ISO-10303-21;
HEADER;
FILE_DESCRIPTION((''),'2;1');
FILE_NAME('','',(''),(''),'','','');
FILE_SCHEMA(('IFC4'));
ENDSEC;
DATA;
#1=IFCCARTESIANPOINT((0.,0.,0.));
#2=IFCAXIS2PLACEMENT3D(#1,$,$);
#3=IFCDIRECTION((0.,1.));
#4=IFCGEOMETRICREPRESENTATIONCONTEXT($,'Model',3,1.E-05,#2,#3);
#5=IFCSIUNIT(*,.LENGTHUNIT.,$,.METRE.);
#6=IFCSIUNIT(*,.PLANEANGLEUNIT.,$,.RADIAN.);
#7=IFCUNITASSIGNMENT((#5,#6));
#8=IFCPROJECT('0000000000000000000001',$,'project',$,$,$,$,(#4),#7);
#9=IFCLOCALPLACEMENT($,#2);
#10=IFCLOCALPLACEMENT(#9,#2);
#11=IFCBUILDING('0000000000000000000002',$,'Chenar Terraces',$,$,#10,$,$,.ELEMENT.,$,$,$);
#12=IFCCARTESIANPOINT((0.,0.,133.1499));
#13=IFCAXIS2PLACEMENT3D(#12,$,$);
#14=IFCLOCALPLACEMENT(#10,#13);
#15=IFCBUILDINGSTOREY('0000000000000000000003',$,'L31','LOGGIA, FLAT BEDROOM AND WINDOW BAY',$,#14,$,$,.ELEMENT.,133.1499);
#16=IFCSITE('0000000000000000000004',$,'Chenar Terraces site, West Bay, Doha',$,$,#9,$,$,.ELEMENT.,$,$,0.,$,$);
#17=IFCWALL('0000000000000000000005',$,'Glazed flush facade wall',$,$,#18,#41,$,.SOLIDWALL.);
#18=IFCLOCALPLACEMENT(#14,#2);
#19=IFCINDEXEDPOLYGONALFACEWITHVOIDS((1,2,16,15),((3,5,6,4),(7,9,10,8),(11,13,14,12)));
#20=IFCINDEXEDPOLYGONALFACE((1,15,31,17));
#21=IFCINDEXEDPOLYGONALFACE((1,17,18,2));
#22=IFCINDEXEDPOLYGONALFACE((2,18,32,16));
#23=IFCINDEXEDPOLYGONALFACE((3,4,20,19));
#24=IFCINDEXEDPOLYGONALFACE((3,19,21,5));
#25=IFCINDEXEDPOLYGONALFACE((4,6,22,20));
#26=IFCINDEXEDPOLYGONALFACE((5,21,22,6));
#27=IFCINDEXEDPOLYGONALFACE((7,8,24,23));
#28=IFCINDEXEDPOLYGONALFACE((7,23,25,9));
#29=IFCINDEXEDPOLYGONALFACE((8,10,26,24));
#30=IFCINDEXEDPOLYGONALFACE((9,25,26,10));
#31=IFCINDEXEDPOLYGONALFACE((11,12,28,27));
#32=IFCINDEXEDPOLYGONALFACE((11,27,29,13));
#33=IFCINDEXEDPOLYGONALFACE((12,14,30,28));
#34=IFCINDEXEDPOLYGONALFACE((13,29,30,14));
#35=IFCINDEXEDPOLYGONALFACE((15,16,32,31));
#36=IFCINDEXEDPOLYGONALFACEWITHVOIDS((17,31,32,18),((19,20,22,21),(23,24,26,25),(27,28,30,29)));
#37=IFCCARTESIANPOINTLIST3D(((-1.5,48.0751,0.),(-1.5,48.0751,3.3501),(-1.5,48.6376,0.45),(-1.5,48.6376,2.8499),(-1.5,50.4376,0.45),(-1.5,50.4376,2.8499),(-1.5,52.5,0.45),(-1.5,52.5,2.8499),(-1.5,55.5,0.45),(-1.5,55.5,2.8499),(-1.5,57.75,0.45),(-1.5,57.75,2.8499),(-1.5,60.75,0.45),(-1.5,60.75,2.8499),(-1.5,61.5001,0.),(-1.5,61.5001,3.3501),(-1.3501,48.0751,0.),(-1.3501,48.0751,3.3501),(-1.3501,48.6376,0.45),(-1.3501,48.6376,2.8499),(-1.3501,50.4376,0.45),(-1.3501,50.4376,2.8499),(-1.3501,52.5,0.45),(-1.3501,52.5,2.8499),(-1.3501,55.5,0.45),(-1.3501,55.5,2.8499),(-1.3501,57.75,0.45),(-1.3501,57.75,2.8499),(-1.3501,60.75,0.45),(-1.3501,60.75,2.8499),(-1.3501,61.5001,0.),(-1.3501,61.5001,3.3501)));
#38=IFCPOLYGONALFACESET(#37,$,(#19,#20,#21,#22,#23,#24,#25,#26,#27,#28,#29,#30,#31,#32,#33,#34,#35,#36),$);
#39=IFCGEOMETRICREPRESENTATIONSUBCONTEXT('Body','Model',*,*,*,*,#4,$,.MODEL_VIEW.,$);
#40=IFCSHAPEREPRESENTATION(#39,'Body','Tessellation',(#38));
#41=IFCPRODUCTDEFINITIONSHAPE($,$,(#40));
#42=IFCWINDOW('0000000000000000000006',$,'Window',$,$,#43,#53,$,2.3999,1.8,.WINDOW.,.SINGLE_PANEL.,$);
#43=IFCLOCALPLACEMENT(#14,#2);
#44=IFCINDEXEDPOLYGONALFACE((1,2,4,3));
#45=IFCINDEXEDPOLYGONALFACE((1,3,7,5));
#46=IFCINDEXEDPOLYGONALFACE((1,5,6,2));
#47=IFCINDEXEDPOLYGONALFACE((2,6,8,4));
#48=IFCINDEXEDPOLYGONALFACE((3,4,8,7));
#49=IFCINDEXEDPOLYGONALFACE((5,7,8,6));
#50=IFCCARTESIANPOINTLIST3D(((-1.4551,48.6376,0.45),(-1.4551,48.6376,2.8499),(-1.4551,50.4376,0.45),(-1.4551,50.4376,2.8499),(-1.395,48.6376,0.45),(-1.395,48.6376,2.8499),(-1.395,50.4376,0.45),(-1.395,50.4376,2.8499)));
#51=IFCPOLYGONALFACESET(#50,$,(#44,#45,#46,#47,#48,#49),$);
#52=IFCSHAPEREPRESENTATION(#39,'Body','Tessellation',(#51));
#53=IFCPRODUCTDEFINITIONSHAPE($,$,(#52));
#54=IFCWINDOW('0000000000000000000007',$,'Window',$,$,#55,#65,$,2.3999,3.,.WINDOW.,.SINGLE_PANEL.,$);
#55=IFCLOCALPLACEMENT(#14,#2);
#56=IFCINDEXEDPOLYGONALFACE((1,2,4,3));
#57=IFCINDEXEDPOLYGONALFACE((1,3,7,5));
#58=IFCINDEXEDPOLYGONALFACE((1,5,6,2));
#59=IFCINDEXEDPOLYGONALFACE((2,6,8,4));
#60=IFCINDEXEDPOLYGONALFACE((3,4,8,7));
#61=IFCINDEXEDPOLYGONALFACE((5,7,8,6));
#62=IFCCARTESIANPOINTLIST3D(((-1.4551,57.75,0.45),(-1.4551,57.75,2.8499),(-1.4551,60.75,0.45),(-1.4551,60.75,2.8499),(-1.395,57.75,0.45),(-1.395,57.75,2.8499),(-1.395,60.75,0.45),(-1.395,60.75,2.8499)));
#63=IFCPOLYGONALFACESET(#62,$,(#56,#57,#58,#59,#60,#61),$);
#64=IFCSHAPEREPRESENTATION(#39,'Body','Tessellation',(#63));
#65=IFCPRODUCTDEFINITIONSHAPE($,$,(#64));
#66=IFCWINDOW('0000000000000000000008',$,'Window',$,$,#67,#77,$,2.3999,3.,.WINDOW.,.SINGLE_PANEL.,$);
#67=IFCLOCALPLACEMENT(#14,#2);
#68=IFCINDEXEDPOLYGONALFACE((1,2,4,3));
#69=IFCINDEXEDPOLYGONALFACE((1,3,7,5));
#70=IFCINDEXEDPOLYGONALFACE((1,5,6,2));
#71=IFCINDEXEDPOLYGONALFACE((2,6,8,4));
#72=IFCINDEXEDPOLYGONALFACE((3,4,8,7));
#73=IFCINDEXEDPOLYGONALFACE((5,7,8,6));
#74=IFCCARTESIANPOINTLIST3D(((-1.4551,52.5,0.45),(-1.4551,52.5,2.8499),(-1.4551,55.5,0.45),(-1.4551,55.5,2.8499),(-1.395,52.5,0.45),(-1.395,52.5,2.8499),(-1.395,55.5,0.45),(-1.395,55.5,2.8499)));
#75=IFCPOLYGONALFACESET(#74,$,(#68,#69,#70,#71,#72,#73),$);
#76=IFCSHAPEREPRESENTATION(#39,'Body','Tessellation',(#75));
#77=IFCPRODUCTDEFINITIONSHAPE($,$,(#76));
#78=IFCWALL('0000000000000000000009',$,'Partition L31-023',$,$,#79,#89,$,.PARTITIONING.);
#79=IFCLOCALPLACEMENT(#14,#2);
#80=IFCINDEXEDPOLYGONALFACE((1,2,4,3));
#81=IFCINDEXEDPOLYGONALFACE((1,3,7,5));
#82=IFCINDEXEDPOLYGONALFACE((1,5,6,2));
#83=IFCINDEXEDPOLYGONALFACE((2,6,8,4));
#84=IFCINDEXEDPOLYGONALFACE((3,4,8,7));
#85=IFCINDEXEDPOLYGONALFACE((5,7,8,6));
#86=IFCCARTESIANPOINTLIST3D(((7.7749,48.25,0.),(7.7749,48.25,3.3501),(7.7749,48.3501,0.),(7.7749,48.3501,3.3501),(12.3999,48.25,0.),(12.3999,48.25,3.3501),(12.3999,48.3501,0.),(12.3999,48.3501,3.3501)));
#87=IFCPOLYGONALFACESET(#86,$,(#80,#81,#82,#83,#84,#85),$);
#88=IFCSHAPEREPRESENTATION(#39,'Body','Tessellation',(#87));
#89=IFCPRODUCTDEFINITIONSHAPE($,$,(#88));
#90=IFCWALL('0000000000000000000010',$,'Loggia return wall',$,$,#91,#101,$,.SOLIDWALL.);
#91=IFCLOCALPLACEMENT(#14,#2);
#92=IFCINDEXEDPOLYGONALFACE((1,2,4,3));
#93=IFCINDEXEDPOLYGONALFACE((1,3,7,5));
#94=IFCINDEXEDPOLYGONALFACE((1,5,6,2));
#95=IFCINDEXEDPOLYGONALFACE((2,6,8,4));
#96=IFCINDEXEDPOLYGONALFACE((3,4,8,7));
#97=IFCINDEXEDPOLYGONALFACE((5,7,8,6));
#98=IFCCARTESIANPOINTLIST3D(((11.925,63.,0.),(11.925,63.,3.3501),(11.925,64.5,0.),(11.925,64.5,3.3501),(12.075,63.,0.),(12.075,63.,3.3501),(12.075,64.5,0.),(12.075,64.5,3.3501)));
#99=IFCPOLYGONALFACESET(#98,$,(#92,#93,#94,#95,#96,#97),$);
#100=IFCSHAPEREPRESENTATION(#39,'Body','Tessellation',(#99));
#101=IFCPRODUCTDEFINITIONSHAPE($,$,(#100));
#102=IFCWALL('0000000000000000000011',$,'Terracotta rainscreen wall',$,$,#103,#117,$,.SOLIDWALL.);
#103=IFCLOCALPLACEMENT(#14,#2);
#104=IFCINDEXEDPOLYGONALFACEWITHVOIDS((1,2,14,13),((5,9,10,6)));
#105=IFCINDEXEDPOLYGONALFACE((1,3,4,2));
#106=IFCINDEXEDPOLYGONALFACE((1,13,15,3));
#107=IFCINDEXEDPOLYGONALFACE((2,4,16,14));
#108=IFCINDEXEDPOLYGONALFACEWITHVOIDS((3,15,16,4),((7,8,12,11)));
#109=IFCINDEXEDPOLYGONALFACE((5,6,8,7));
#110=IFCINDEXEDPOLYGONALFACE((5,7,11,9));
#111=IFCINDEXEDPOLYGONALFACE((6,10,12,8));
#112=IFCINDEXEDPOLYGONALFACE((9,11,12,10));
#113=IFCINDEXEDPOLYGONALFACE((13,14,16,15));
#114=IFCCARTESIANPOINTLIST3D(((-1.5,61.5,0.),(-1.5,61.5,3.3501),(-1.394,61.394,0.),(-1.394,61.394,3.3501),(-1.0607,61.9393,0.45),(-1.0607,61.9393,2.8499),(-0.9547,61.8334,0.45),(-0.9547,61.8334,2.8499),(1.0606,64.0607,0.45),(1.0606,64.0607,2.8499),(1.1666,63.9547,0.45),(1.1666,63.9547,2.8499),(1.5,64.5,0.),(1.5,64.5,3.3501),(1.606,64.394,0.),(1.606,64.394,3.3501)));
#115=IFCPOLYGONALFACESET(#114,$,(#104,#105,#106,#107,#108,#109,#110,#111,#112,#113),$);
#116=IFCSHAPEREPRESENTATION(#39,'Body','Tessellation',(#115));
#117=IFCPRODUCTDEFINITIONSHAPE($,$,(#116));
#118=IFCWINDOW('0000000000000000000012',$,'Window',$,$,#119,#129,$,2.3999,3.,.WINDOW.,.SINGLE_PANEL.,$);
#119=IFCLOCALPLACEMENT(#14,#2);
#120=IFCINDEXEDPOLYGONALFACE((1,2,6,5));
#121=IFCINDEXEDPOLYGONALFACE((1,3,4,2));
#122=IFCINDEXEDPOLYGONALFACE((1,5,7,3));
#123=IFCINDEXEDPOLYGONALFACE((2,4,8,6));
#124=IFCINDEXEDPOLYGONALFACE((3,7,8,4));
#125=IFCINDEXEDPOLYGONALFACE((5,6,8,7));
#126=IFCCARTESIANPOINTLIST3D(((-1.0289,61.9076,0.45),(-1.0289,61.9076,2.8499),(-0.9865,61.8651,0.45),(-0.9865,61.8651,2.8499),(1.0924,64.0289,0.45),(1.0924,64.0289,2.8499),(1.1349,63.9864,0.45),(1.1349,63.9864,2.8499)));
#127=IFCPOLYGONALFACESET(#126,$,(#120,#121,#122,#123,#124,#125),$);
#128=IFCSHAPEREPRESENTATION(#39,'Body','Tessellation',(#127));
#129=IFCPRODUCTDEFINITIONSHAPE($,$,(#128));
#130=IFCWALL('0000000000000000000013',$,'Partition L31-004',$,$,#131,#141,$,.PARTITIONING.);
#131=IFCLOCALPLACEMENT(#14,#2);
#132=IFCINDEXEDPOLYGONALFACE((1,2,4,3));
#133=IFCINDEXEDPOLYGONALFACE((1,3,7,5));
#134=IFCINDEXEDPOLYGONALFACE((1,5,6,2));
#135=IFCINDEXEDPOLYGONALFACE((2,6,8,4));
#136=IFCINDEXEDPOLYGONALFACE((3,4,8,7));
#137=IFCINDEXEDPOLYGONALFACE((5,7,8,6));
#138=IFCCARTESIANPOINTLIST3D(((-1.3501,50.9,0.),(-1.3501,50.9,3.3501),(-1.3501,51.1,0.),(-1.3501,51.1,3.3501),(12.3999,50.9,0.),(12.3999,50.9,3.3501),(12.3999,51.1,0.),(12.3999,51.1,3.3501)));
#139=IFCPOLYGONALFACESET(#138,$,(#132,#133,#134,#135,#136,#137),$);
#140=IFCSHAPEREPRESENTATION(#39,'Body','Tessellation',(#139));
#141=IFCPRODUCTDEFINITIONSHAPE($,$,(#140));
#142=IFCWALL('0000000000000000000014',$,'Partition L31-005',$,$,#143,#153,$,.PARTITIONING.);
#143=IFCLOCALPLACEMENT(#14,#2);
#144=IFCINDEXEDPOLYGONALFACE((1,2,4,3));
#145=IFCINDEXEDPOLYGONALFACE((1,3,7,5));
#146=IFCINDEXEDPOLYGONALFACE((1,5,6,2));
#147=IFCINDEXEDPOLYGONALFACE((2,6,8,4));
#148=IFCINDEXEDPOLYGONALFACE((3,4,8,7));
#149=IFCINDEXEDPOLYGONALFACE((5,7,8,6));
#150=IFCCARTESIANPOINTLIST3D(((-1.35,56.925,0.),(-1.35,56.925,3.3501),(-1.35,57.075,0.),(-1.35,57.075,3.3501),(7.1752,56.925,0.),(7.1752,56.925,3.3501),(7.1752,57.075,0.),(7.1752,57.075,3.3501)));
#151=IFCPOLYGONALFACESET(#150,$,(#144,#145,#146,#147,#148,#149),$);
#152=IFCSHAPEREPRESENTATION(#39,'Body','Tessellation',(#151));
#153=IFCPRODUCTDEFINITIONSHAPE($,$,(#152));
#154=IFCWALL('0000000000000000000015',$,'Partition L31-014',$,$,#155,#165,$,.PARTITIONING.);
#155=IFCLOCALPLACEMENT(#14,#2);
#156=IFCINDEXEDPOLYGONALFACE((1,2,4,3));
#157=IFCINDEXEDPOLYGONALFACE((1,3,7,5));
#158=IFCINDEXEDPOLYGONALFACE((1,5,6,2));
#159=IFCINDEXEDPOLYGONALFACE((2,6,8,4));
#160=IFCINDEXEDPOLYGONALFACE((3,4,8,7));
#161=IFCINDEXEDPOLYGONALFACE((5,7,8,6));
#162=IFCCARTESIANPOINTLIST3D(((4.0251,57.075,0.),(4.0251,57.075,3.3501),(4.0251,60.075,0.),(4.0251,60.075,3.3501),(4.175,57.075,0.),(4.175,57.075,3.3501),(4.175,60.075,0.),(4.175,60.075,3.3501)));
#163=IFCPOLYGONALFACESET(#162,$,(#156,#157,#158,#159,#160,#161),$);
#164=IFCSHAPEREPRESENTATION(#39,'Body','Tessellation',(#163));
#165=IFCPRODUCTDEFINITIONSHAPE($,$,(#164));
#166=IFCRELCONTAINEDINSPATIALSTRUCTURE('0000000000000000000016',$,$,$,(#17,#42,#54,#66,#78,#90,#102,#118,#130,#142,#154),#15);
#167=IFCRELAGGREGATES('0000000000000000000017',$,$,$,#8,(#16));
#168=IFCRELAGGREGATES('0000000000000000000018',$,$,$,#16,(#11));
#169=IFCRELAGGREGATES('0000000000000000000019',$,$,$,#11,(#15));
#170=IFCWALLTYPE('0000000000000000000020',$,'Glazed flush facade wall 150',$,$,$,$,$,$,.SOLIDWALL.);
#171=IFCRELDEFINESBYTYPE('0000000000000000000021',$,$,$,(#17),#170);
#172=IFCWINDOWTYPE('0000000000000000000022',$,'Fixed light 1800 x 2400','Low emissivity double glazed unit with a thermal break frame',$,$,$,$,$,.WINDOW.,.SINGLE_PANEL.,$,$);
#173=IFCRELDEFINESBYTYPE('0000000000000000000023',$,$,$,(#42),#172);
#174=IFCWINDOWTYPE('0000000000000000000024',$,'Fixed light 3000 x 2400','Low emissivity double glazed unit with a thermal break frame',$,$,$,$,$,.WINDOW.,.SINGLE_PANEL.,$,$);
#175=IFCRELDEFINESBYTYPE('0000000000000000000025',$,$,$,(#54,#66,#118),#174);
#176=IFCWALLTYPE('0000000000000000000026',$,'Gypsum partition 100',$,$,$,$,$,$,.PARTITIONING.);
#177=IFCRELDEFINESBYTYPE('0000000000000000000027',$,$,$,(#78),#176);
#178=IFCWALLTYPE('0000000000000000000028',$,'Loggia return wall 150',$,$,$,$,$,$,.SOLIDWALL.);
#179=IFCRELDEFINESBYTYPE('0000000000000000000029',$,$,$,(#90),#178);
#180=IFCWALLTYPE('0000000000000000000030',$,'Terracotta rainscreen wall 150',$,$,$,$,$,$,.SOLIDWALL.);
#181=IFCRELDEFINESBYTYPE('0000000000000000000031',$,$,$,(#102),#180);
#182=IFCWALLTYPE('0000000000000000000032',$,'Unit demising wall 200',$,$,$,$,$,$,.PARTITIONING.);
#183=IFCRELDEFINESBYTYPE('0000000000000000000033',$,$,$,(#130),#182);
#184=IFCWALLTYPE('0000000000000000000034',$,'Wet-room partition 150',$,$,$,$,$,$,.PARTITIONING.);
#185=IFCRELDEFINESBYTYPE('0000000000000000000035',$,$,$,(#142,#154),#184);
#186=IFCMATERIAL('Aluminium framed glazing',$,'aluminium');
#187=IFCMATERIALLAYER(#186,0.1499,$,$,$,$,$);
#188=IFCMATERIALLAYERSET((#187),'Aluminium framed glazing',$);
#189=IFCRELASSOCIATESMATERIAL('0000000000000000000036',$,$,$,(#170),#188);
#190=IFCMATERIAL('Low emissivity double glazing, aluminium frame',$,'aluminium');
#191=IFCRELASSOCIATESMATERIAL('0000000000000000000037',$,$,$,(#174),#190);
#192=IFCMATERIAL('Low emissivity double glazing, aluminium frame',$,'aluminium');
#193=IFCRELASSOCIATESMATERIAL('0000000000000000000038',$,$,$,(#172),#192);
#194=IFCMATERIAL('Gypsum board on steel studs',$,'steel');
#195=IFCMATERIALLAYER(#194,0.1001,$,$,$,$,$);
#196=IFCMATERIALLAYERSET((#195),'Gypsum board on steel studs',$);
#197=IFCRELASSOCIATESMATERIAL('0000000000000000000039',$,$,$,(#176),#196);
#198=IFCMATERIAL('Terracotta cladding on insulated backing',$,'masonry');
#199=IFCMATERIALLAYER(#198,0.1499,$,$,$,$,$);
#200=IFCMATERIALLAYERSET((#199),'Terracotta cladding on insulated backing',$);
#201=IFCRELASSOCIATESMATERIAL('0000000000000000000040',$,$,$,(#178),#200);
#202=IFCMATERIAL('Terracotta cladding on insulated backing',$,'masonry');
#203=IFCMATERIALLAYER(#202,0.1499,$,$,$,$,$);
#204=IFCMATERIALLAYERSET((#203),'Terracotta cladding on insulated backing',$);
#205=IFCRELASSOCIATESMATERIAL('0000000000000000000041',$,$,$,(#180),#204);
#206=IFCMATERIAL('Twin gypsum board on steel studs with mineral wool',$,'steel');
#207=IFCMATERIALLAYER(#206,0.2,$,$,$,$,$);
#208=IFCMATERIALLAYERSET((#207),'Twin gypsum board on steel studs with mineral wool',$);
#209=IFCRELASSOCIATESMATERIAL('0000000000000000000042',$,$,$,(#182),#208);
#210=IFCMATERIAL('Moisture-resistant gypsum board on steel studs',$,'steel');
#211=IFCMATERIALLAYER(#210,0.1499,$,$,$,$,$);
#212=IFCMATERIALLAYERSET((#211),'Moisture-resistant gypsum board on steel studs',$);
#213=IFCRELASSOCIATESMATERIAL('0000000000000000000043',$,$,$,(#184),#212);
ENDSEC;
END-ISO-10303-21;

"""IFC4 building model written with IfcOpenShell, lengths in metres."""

from ifc_helpers import new_model, si_unit, direction, frame, frame_2d, origin, place, context, subcontext, project, spatial, rectangle, extrude, material, layer, layer_set, type_object, element, fill, save


model = new_model("IFC4")

# Units and contexts
model_context = context("Model", 3, precision=1e-05, world=origin(), true_north=direction((0.0, 1.0)))
body_context = subcontext(model_context, "Body", "Model", "MODEL_VIEW")
ifc_project = project(units=[si_unit("LENGTHUNIT", "METRE"), si_unit("PLANEANGLEUNIT", "RADIAN")], contexts=[model_context])

# Site, building, storey
site_placement = place(None, origin())
site = spatial("IfcSite", under=ifc_project, at=site_placement, Name="Chenar Terraces site, West Bay, Doha", CompositionType="ELEMENT", RefElevation=0.0)
building_placement = place(site_placement, origin())
building = spatial("IfcBuilding", under=site, at=building_placement, Name="Chenar Terraces", CompositionType="ELEMENT")
storey_placement = place(building_placement, frame((0.0, 0.0, 133.1499)))
storey = spatial("IfcBuildingStorey", under=building, at=storey_placement, Name="L31", Description="LOGGIA, FLAT BEDROOM AND WINDOW BAY", CompositionType="ELEMENT", Elevation=133.1499)

# Wall, openings, windows
ifc_material_1 = material(Name="Aluminium framed glazing", Category="aluminium")
ifc_layer_1 = layer(ifc_material_1, 0.1499)
ifc_layer_set_1 = layer_set([ifc_layer_1], Name="Aluminium framed glazing")
wall_type_1 = type_object("IfcWallType", Name="Glazed flush facade wall 150", PredefinedType="SOLIDWALL", material=ifc_layer_set_1)
ifc_material_2 = material(Name="Low emissivity double glazing, aluminium frame", Category="aluminium")
window_type_1 = type_object("IfcWindowType", Name="Fixed light 3000 x 2400", Description="Low emissivity double glazed unit with a thermal break frame", PartitioningType="SINGLE_PANEL", PredefinedType="WINDOW", material=ifc_material_2)
wall_1_placement = place(storey_placement, frame((-1.425, 61.5, 0.0), z_axis=(0.0, 0.0, 1.0), x_axis=(0.0, -1.0, 0.0)))
wall_1 = element("IfcWall", 1, at=wall_1_placement, inside=storey, type_object=wall_type_1, Name="Glazed flush facade wall", PredefinedType="SOLIDWALL", context=body_context, shape_type="SweptSolid", body=[
    extrude(rectangle(XDim=13.425, YDim=0.1499, at=frame_2d((6.7124, 0.0))), origin(), (0.0, 0.0, 1.0), 3.3501),
])
opening_1_placement = place(wall_1_placement, frame((0.75, 0.0, 0.45)))
opening_1 = element("IfcOpeningElement", 2, at=opening_1_placement, cuts=wall_1, PredefinedType="OPENING", context=body_context, shape_type="SweptSolid", body=[
    extrude(rectangle(XDim=3.0, YDim=2.3999, at=frame_2d((1.5, 1.2))), frame((0.0, 0.085, 0.0), z_axis=(0.0, -1.0, 0.0), x_axis=(1.0, 0.0, 0.0)), (0.0, 0.0, 1.0), 0.1699),
])
opening_2_placement = place(wall_1_placement, frame((6.0, 0.0, 0.45)))
opening_2 = element("IfcOpeningElement", 3, at=opening_2_placement, cuts=wall_1, PredefinedType="OPENING", context=body_context, shape_type="SweptSolid", body=[
    extrude(rectangle(XDim=3.0, YDim=2.3999, at=frame_2d((1.5, 1.2))), frame((0.0, 0.085, 0.0), z_axis=(0.0, -1.0, 0.0), x_axis=(1.0, 0.0, 0.0)), (0.0, 0.0, 1.0), 0.1699),
])
opening_3_placement = place(wall_1_placement, frame((11.0625, 0.0, 0.45)))
opening_3 = element("IfcOpeningElement", 4, at=opening_3_placement, cuts=wall_1, PredefinedType="OPENING", context=body_context, shape_type="SweptSolid", body=[
    extrude(rectangle(XDim=1.8, YDim=2.3999, at=frame_2d((0.8999, 1.2))), frame((0.0, 0.085, 0.0), z_axis=(0.0, -1.0, 0.0), x_axis=(1.0, 0.0, 0.0)), (0.0, 0.0, 1.0), 0.1699),
])
ifc_material_3 = material(Name="Low emissivity double glazing, aluminium frame", Category="aluminium")
window_type_2 = type_object("IfcWindowType", Name="Fixed light 1800 x 2400", Description="Low emissivity double glazed unit with a thermal break frame", PartitioningType="SINGLE_PANEL", PredefinedType="WINDOW", material=ifc_material_3)
window_1_placement = place(opening_3_placement, origin())
window_1 = element("IfcWindow", 5, at=window_1_placement, inside=storey, type_object=window_type_2, Name="Window", OverallHeight=2.3999, OverallWidth=1.8, PartitioningType="SINGLE_PANEL", PredefinedType="WINDOW", context=body_context, shape_type="SweptSolid", body=[
    extrude(rectangle(XDim=1.8, YDim=2.3999, at=frame_2d((0.8999, 1.2))), frame((0.0, 0.03, 0.0), z_axis=(0.0, -1.0, 0.0), x_axis=(1.0, 0.0, 0.0)), (0.0, 0.0, 1.0), 0.0601),
])
fill(opening_3, window_1)
window_2_placement = place(opening_1_placement, origin())
window_2 = element("IfcWindow", 6, at=window_2_placement, inside=storey, type_object=window_type_1, Name="Window", OverallHeight=2.3999, OverallWidth=3.0, PartitioningType="SINGLE_PANEL", PredefinedType="WINDOW", context=body_context, shape_type="SweptSolid", body=[
    extrude(rectangle(XDim=3.0, YDim=2.3999, at=frame_2d((1.5, 1.2))), frame((0.0, 0.03, 0.0), z_axis=(0.0, -1.0, 0.0), x_axis=(1.0, 0.0, 0.0)), (0.0, 0.0, 1.0), 0.0601),
])
fill(opening_1, window_2)
window_3_placement = place(opening_2_placement, origin())
window_3 = element("IfcWindow", 7, at=window_3_placement, inside=storey, type_object=window_type_1, Name="Window", OverallHeight=2.3999, OverallWidth=3.0, PartitioningType="SINGLE_PANEL", PredefinedType="WINDOW", context=body_context, shape_type="SweptSolid", body=[
    extrude(rectangle(XDim=3.0, YDim=2.3999, at=frame_2d((1.5, 1.2))), frame((0.0, 0.03, 0.0), z_axis=(0.0, -1.0, 0.0), x_axis=(1.0, 0.0, 0.0)), (0.0, 0.0, 1.0), 0.0601),
])
fill(opening_2, window_3)

# Walls
ifc_material_4 = material(Name="Gypsum board on steel studs", Category="steel")
ifc_layer_2 = layer(ifc_material_4, 0.1001)
ifc_layer_set_2 = layer_set([ifc_layer_2], Name="Gypsum board on steel studs")
wall_type_2 = type_object("IfcWallType", Name="Gypsum partition 100", PredefinedType="PARTITIONING", material=ifc_layer_set_2)
wall_2_placement = place(storey_placement, frame((7.7749, 48.3, 0.0), z_axis=(0.0, 0.0, 1.0), x_axis=(1.0, 0.0, 0.0)))
element("IfcWall", 8, at=wall_2_placement, inside=storey, type_object=wall_type_2, Name="Partition L31-023", PredefinedType="PARTITIONING", context=body_context, shape_type="SweptSolid", body=[
    extrude(rectangle(XDim=4.625, YDim=0.1001, at=frame_2d((2.3125, 0.0))), origin(), (0.0, 0.0, 1.0), 3.3501),
])
ifc_material_5 = material(Name="Terracotta cladding on insulated backing", Category="masonry")
ifc_layer_3 = layer(ifc_material_5, 0.1499)
ifc_layer_set_3 = layer_set([ifc_layer_3], Name="Terracotta cladding on insulated backing")
wall_type_3 = type_object("IfcWallType", Name="Loggia return wall 150", PredefinedType="SOLIDWALL", material=ifc_layer_set_3)
wall_3_placement = place(storey_placement, frame((12.0, 64.5, 0.0), z_axis=(0.0, 0.0, 1.0), x_axis=(0.0, -1.0, 0.0)))
element("IfcWall", 9, at=wall_3_placement, inside=storey, type_object=wall_type_3, Name="Loggia return wall", PredefinedType="SOLIDWALL", context=body_context, shape_type="SweptSolid", body=[
    extrude(rectangle(XDim=1.5, YDim=0.1499, at=frame_2d((0.75, 0.0))), origin(), (0.0, 0.0, 1.0), 3.3501),
])

# Wall, opening, window
ifc_material_6 = material(Name="Terracotta cladding on insulated backing", Category="masonry")
ifc_layer_4 = layer(ifc_material_6, 0.1499)
ifc_layer_set_4 = layer_set([ifc_layer_4], Name="Terracotta cladding on insulated backing")
wall_type_4 = type_object("IfcWallType", Name="Terracotta rainscreen wall 150", PredefinedType="SOLIDWALL", material=ifc_layer_set_4)
wall_4_placement = place(storey_placement, frame((1.553, 64.447, 0.0), z_axis=(0.0, 0.0, 1.0), x_axis=(-0.707107, -0.707107, 0.0)))
wall_4 = element("IfcWall", 10, at=wall_4_placement, inside=storey, type_object=wall_type_4, Name="Terracotta rainscreen wall", PredefinedType="SOLIDWALL", context=body_context, shape_type="SweptSolid", body=[
    extrude(rectangle(XDim=4.2427, YDim=0.1499, at=frame_2d((2.1213, 0.0))), origin(), (0.0, 0.0, 1.0), 3.3501),
])
opening_4_placement = place(wall_4_placement, frame((0.6213, 0.0, 0.45)))
opening_4 = element("IfcOpeningElement", 11, at=opening_4_placement, cuts=wall_4, PredefinedType="OPENING", context=body_context, shape_type="SweptSolid", body=[
    extrude(rectangle(XDim=3.0, YDim=2.3999, at=frame_2d((1.5, 1.2))), frame((0.0, 0.085, 0.0), z_axis=(0.0, -1.0, 0.0), x_axis=(1.0, 0.0, 0.0)), (0.0, 0.0, 1.0), 0.1699),
])
window_4_placement = place(opening_4_placement, origin())
window_4 = element("IfcWindow", 12, at=window_4_placement, inside=storey, type_object=window_type_1, Name="Window", OverallHeight=2.3999, OverallWidth=3.0, PartitioningType="SINGLE_PANEL", PredefinedType="WINDOW", context=body_context, shape_type="SweptSolid", body=[
    extrude(rectangle(XDim=3.0, YDim=2.3999, at=frame_2d((1.5, 1.2))), frame((0.0, 0.03, 0.0), z_axis=(0.0, -1.0, 0.0), x_axis=(1.0, 0.0, 0.0)), (0.0, 0.0, 1.0), 0.0601),
])
fill(opening_4, window_4)

# Walls
ifc_material_7 = material(Name="Twin gypsum board on steel studs with mineral wool", Category="steel")
ifc_layer_5 = layer(ifc_material_7, 0.2)
ifc_layer_set_5 = layer_set([ifc_layer_5], Name="Twin gypsum board on steel studs with mineral wool")
wall_type_5 = type_object("IfcWallType", Name="Unit demising wall 200", PredefinedType="PARTITIONING", material=ifc_layer_set_5)
wall_5_placement = place(storey_placement, frame((-1.3501, 51.0, 0.0), z_axis=(0.0, 0.0, 1.0), x_axis=(1.0, 0.0, 0.0)))
element("IfcWall", 13, at=wall_5_placement, inside=storey, type_object=wall_type_5, Name="Partition L31-004", PredefinedType="PARTITIONING", context=body_context, shape_type="SweptSolid", body=[
    extrude(rectangle(XDim=13.75, YDim=0.2, at=frame_2d((6.875, 0.0))), origin(), (0.0, 0.0, 1.0), 3.3501),
])
ifc_material_8 = material(Name="Moisture-resistant gypsum board on steel studs", Category="steel")
ifc_layer_6 = layer(ifc_material_8, 0.1499)
ifc_layer_set_6 = layer_set([ifc_layer_6], Name="Moisture-resistant gypsum board on steel studs")
wall_type_6 = type_object("IfcWallType", Name="Wet-room partition 150", PredefinedType="PARTITIONING", material=ifc_layer_set_6)
wall_6_placement = place(storey_placement, frame((-1.3501, 57.0, 0.0), z_axis=(0.0, 0.0, 1.0), x_axis=(1.0, 0.0, 0.0)))
element("IfcWall", 14, at=wall_6_placement, inside=storey, type_object=wall_type_6, Name="Partition L31-005", PredefinedType="PARTITIONING", context=body_context, shape_type="SweptSolid", body=[
    extrude(rectangle(XDim=8.5251, YDim=0.1499, at=frame_2d((4.2627, 0.0))), origin(), (0.0, 0.0, 1.0), 3.3501),
])
wall_7_placement = place(storey_placement, frame((4.1001, 57.075, 0.0), z_axis=(0.0, 0.0, 1.0), x_axis=(0.0, 1.0, 0.0)))
element("IfcWall", 15, at=wall_7_placement, inside=storey, type_object=wall_type_6, Name="Partition L31-014", PredefinedType="PARTITIONING", context=body_context, shape_type="SweptSolid", body=[
    extrude(rectangle(XDim=3.0, YDim=0.1499, at=frame_2d((1.5, 0.0))), origin(), (0.0, 0.0, 1.0), 3.3501),
])

save(model, "model.ifc")
